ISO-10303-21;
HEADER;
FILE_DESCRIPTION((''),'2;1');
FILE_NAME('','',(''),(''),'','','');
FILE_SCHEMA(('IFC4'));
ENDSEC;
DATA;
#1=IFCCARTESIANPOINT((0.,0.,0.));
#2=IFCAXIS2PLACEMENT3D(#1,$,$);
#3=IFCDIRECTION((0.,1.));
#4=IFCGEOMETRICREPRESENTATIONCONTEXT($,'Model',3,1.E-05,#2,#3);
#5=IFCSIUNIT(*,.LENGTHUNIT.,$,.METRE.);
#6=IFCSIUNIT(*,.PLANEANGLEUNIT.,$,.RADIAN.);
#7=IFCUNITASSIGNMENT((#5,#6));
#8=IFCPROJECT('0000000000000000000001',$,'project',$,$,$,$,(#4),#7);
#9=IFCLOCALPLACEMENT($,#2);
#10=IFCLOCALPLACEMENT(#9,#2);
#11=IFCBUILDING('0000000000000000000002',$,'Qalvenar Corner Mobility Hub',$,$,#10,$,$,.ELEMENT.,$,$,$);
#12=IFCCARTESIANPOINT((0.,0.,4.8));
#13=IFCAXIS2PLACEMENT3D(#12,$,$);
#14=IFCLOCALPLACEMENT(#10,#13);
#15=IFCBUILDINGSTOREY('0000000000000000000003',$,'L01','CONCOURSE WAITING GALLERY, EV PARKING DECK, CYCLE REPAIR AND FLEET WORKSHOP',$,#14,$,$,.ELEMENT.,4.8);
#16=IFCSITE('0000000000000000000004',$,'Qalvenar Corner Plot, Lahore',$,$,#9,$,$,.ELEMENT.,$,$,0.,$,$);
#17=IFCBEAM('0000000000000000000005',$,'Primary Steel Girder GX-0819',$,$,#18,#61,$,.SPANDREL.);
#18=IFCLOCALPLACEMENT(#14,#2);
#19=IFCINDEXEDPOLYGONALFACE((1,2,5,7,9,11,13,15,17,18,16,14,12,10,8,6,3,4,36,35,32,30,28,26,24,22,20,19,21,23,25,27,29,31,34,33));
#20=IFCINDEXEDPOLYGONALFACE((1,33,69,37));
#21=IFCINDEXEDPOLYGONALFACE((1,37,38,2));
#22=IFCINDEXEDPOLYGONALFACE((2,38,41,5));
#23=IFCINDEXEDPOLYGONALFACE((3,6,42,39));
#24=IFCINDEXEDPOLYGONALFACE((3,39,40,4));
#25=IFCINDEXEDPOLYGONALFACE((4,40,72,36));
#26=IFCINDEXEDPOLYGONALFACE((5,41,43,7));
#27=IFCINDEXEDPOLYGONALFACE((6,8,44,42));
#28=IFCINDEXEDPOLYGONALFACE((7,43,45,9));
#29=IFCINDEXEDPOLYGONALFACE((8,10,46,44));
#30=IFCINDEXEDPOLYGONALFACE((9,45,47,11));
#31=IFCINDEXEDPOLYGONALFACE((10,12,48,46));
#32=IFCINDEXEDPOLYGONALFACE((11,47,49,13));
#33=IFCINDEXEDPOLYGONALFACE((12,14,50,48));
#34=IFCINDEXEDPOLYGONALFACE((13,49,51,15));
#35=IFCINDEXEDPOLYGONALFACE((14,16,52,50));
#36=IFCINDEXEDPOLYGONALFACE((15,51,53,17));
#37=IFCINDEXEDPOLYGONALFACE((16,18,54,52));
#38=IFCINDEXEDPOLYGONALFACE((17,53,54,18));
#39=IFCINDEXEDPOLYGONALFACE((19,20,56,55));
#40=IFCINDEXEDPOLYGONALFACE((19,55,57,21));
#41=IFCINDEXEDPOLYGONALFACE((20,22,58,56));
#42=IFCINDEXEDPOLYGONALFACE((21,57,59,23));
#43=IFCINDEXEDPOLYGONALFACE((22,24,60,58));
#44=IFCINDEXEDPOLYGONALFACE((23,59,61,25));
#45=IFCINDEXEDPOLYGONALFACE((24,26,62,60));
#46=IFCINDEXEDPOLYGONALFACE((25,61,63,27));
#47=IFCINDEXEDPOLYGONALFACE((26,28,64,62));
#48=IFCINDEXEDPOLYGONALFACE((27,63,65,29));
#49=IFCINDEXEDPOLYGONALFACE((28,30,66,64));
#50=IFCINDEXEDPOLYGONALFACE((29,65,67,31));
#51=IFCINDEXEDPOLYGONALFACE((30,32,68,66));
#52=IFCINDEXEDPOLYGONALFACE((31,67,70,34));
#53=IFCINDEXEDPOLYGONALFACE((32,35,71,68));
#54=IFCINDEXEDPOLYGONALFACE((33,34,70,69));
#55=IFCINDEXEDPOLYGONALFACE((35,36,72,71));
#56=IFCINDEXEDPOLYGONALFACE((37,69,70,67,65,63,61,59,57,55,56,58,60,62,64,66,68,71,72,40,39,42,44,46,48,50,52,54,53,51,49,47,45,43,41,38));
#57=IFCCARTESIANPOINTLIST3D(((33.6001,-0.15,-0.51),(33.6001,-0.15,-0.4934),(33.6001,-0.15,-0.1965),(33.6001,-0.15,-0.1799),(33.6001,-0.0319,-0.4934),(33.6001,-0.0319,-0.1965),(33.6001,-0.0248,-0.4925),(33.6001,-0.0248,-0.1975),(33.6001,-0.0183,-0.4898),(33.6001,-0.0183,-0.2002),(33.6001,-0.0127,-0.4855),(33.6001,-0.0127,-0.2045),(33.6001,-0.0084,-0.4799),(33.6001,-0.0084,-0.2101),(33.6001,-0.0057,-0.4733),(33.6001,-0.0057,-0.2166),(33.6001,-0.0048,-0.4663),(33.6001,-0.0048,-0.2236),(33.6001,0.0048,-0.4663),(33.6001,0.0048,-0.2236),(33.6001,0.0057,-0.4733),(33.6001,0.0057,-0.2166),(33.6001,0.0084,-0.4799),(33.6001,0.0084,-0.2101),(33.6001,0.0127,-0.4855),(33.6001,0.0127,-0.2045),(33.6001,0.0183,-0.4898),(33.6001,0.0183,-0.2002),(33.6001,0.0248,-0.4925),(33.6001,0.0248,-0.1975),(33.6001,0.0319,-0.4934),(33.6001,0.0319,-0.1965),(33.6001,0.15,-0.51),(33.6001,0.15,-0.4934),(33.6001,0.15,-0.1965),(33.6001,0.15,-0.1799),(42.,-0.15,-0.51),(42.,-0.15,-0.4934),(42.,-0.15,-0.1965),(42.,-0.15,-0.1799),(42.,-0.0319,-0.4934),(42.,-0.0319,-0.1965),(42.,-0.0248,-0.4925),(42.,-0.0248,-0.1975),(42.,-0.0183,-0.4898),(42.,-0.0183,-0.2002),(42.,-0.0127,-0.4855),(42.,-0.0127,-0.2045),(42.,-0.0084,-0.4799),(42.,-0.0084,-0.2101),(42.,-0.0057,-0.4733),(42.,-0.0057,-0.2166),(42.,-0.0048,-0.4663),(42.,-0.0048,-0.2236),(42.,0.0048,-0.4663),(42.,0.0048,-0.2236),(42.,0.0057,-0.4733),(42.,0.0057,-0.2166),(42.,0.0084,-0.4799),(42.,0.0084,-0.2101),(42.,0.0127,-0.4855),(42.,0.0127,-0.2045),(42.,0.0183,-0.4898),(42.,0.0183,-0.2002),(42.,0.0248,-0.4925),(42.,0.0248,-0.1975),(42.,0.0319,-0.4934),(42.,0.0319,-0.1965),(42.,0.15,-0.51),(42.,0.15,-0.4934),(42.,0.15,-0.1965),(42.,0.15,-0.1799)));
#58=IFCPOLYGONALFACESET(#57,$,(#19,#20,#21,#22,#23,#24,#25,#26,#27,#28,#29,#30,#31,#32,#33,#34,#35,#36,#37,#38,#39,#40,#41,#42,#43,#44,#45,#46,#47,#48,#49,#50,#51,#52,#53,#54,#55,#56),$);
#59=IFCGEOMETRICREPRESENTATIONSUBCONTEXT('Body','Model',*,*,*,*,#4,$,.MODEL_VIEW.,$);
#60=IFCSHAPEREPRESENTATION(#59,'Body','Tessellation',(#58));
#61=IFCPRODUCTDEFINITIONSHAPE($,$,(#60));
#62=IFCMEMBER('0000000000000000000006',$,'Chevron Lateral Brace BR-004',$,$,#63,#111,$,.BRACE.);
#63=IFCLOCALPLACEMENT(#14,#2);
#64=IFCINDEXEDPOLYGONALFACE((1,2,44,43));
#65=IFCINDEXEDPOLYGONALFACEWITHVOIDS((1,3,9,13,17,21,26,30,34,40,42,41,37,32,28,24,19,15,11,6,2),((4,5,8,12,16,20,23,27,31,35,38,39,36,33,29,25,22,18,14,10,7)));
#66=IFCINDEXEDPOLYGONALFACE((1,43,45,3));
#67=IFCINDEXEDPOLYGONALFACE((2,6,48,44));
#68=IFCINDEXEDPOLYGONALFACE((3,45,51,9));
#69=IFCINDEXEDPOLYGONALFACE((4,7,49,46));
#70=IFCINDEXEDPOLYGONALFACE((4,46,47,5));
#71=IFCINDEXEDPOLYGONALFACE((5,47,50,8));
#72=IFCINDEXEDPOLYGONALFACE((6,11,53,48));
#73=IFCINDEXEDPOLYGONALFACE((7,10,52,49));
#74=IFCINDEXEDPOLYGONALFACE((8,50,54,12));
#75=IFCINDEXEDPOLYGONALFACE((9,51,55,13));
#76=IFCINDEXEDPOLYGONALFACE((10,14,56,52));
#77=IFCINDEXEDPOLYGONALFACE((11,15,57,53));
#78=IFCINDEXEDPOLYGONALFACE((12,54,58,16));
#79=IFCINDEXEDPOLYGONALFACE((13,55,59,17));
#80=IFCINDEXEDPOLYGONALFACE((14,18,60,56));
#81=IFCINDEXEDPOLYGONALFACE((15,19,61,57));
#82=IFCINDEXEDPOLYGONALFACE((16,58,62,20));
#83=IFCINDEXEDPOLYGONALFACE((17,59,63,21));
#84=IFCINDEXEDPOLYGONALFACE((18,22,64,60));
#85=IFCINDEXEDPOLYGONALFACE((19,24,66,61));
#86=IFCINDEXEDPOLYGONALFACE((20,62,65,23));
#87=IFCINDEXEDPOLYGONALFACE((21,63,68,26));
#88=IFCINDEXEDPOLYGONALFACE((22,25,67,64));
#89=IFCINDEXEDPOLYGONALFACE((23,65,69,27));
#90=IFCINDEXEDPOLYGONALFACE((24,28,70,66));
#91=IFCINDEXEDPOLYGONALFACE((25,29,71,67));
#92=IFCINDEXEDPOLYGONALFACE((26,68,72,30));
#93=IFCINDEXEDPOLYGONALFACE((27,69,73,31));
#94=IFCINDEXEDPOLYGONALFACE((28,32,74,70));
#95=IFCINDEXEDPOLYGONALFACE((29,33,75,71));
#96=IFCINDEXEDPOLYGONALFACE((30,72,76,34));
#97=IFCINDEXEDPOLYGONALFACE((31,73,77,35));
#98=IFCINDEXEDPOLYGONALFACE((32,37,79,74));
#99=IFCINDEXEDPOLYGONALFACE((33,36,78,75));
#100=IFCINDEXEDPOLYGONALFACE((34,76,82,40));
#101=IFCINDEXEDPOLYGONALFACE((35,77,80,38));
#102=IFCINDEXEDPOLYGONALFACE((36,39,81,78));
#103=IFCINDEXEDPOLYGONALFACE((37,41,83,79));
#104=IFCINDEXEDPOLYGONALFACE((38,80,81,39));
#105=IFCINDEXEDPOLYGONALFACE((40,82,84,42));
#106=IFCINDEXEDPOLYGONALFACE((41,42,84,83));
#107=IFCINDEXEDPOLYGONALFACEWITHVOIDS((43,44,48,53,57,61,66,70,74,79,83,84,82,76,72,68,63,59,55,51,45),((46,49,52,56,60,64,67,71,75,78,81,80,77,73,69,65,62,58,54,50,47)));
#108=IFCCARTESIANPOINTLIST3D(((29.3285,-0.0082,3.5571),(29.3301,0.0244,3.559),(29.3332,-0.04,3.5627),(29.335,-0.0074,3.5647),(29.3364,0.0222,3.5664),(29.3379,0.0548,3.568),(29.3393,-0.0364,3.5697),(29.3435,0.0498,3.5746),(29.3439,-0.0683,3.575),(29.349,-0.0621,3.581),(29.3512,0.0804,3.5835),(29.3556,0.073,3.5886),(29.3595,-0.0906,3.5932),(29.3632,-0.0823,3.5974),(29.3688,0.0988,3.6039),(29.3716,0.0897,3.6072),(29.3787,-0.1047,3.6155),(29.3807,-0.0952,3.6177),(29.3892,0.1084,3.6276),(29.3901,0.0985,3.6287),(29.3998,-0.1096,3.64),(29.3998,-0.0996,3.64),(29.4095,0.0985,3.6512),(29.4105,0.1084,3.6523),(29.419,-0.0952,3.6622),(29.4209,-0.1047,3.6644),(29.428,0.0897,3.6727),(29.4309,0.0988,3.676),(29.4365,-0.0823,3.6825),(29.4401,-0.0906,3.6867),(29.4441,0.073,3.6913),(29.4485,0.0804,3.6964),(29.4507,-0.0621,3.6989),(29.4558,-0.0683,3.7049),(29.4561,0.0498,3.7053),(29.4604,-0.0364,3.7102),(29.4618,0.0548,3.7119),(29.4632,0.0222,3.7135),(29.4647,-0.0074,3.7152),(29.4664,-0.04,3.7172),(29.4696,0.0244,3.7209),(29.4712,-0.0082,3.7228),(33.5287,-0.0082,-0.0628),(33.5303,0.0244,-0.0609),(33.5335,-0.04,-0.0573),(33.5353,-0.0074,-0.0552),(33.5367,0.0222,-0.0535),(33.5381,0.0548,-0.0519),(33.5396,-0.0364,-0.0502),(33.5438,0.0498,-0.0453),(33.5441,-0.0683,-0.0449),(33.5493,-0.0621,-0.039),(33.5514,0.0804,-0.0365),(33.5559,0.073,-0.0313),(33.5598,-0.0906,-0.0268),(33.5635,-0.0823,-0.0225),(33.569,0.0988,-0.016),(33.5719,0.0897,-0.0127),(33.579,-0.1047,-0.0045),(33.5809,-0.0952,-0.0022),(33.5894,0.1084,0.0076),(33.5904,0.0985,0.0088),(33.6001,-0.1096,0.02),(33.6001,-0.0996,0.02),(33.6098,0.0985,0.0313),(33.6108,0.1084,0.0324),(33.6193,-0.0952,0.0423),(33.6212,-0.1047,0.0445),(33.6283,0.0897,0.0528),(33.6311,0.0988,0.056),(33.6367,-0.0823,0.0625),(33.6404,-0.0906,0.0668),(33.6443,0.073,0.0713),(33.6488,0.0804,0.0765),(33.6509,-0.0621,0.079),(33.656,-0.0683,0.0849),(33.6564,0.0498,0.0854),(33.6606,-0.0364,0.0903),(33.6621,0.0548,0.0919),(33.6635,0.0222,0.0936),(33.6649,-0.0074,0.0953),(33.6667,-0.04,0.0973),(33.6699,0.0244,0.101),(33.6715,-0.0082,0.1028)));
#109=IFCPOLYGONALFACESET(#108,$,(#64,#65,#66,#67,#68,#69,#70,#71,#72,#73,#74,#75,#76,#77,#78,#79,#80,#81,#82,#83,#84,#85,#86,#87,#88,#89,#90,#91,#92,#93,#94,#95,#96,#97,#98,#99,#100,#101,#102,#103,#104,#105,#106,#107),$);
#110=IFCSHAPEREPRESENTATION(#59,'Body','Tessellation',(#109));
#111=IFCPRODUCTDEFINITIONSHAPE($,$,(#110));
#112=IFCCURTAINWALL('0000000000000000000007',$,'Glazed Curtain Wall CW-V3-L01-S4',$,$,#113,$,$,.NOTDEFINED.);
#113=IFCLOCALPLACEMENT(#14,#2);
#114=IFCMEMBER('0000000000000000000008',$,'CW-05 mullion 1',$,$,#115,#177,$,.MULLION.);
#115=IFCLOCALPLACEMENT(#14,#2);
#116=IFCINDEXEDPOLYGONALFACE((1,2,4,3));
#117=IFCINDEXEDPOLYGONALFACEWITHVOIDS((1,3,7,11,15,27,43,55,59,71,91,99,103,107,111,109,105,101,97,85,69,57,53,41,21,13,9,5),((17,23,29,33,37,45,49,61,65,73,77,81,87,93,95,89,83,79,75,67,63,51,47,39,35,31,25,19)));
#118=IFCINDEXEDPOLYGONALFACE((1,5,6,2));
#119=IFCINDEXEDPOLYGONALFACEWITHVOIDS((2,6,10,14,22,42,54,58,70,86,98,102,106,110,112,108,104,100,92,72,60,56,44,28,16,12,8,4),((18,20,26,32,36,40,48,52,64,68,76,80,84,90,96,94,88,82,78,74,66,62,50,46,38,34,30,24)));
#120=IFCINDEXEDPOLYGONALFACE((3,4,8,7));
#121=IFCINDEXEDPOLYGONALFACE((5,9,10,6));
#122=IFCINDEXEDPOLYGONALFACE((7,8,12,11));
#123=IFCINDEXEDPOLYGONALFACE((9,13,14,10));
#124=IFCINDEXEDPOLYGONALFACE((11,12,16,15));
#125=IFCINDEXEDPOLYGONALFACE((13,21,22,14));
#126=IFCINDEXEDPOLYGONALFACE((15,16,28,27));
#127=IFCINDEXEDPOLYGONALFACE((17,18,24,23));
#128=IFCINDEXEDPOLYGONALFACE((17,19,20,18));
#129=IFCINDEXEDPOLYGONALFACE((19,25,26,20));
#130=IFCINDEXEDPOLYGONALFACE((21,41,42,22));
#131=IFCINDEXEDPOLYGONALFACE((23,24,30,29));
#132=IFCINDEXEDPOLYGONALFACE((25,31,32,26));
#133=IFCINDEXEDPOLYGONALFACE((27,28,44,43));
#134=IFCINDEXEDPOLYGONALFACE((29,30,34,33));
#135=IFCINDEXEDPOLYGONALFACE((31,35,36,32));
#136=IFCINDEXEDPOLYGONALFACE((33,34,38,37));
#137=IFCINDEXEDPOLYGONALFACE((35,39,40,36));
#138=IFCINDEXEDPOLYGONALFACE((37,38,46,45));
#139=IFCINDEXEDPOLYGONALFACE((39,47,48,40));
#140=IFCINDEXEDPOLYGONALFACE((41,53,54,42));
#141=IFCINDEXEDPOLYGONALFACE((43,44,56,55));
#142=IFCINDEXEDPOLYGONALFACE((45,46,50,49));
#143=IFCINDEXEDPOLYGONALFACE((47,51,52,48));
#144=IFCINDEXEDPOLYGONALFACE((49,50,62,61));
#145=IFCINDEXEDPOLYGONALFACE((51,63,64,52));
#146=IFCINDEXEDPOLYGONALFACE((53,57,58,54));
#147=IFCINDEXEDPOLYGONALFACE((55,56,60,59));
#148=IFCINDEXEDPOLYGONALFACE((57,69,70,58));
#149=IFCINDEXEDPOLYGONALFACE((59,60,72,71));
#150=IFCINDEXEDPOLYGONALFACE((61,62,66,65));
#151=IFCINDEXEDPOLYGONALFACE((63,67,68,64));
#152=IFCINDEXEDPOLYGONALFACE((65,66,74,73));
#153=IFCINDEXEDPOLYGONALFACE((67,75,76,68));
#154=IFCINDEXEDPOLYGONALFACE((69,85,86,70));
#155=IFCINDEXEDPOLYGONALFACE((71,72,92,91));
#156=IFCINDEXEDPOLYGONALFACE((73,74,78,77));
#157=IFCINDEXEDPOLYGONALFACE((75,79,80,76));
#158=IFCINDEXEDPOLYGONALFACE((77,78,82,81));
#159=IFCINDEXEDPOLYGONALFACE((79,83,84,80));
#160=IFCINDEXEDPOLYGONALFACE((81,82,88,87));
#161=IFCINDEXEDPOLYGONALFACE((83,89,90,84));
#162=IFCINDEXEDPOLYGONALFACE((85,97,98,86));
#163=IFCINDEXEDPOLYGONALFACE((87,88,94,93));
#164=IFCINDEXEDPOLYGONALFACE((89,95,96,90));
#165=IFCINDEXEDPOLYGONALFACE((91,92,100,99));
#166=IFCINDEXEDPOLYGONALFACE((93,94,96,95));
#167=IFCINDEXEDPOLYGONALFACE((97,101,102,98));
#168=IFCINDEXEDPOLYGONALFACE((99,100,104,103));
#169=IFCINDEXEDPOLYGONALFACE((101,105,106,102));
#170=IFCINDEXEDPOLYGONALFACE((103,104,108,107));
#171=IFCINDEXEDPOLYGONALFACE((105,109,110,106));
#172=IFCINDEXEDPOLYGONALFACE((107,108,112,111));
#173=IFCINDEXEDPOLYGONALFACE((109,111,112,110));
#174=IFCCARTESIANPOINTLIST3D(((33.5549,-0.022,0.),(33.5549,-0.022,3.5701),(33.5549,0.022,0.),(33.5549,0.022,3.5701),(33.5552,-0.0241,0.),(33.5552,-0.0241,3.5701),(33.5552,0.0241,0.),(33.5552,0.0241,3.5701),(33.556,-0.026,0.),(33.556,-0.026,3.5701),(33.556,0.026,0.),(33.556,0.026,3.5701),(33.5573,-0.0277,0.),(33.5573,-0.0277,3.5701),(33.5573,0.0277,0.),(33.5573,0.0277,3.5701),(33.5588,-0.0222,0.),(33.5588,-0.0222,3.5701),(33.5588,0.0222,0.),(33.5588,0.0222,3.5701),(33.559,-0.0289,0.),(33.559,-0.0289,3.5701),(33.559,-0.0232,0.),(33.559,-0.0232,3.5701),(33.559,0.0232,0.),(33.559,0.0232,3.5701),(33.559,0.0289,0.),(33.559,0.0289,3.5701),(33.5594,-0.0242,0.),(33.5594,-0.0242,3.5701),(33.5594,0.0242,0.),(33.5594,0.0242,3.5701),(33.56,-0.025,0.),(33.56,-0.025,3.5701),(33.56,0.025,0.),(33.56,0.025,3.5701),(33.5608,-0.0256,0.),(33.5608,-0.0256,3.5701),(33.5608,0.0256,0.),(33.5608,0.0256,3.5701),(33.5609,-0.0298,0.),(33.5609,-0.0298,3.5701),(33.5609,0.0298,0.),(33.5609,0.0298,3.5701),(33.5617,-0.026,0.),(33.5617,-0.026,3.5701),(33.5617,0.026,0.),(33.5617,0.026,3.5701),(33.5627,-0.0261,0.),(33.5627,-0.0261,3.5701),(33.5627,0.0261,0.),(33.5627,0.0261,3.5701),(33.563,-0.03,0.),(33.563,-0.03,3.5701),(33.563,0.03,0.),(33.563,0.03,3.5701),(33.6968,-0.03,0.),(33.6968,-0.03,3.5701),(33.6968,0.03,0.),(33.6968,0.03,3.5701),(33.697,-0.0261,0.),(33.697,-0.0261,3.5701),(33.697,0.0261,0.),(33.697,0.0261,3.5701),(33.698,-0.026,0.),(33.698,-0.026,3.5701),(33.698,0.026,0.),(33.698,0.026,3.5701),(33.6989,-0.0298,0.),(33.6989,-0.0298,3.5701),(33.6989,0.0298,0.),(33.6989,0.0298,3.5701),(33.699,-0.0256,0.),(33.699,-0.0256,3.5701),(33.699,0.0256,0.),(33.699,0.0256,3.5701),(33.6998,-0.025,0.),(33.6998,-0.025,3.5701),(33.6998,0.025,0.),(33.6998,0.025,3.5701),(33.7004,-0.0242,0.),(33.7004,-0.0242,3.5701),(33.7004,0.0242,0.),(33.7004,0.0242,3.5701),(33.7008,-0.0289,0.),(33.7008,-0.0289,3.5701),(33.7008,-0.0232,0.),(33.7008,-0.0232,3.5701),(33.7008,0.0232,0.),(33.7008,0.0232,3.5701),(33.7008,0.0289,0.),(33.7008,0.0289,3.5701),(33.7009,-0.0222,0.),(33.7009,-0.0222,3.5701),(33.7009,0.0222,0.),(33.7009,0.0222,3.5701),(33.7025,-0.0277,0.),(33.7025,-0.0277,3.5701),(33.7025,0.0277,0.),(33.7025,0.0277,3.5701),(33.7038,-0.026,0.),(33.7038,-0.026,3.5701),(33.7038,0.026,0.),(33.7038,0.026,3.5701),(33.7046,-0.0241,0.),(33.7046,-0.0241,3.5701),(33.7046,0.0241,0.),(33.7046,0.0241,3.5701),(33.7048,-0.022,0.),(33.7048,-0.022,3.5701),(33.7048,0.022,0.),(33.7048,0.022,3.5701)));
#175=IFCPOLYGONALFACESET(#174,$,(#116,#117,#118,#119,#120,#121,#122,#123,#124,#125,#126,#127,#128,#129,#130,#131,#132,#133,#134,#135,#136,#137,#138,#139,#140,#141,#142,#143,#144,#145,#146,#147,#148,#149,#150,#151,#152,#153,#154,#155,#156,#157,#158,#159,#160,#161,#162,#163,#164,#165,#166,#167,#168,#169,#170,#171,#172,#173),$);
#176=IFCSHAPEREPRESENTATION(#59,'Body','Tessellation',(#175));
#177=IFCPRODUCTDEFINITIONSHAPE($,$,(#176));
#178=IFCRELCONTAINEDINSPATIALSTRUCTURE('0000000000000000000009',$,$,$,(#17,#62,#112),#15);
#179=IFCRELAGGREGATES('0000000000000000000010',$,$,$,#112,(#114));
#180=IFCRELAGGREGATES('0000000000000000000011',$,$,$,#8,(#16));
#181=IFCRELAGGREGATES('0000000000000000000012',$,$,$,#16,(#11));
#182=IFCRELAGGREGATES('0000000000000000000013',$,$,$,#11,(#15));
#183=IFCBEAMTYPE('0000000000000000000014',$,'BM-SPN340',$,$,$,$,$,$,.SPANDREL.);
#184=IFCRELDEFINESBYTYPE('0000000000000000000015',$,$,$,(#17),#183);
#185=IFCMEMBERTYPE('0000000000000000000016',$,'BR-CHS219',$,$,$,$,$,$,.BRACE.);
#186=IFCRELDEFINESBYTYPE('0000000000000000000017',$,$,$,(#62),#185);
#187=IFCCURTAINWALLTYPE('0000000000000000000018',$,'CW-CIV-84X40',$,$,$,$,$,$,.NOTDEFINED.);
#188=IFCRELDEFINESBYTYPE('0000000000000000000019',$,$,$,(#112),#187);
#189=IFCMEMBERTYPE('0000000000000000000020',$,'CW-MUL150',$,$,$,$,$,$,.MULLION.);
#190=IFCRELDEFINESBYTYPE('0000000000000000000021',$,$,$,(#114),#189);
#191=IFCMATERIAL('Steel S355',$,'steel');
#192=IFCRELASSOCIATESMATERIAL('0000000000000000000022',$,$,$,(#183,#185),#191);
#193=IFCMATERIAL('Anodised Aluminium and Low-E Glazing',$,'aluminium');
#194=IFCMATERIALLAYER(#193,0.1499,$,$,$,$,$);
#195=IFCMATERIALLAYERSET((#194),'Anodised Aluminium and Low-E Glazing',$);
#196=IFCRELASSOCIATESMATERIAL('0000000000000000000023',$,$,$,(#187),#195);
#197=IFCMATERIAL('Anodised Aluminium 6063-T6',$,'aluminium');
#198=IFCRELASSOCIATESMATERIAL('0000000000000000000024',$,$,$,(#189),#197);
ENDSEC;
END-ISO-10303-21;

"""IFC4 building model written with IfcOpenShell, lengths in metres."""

from ifc_helpers import new_model, si_unit, direction, frame, origin, origin_2d, place, context, subcontext, project, spatial, hollow_rectangle, hollow_circle, i_section, extrude, material, layer, layer_set, material_profile, profile_set, type_object, element, aggregate, save


model = new_model("IFC4")

# Units and contexts
model_context = context("Model", 3, precision=1e-05, world=origin(), true_north=direction((0.0, 1.0)))
body_context = subcontext(model_context, "Body", "Model", "MODEL_VIEW")
ifc_project = project(units=[si_unit("LENGTHUNIT", "METRE"), si_unit("PLANEANGLEUNIT", "RADIAN")], contexts=[model_context])

# Site, building, storey
site_placement = place(None, origin())
site = spatial("IfcSite", under=ifc_project, at=site_placement, Name="Qalvenar Corner Plot, Lahore", CompositionType="ELEMENT", RefElevation=0.0)
building_placement = place(site_placement, origin())
building = spatial("IfcBuilding", under=site, at=building_placement, Name="Qalvenar Corner Mobility Hub", CompositionType="ELEMENT")
storey_placement = place(building_placement, frame((0.0, 0.0, 4.8)))
storey = spatial("IfcBuildingStorey", under=building, at=storey_placement, Name="L01", Description="CONCOURSE WAITING GALLERY, EV PARKING DECK, CYCLE REPAIR AND FLEET WORKSHOP", CompositionType="ELEMENT", Elevation=4.8)

# Shared definitions
ifc_material_1 = material(Name="Steel S355", Category="steel")

# Beam
ifc_material_profile_1 = material_profile(ifc_material_1, i_section(OverallWidth=0.3, OverallDepth=0.3301, WebThickness=0.0095, FlangeThickness=0.0166, FilletRadius=0.0271, at=origin_2d()), Name="HEA340")
ifc_profile_set_1 = profile_set([ifc_material_profile_1], Name="Steel S355")
beam_type_1 = type_object("IfcBeamType", Name="BM-SPN340", PredefinedType="SPANDREL", material=ifc_profile_set_1)
beam_1_placement = place(storey_placement, frame((33.6001, 0.0, -0.345), z_axis=(1.0, 0.0, 0.0), x_axis=(0.0, 1.0, 0.0)))
element("IfcBeam", 1, at=beam_1_placement, inside=storey, type_object=beam_type_1, Name="Primary Steel Girder GX-0819", PredefinedType="SPANDREL", context=body_context, shape_type="SweptSolid", body=[
    extrude(i_section(OverallWidth=0.3, OverallDepth=0.3301, WebThickness=0.0095, FlangeThickness=0.0166, FilletRadius=0.0271, at=origin_2d()), origin(), (0.0, 0.0, 1.0), 8.3999),
])

# Member
ifc_material_profile_2 = material_profile(ifc_material_1, hollow_circle(Radius=0.1096, WallThickness=0.01, at=origin_2d()), Name="CHS219.1x10")
ifc_profile_set_2 = profile_set([ifc_material_profile_2], Name="Steel S355")
member_type_1 = type_object("IfcMemberType", Name="BR-CHS219", PredefinedType="BRACE", material=ifc_profile_set_2)
member_1_placement = place(storey_placement, frame((33.6001, 0.0, 0.02), z_axis=(-0.757498, 0.0, 0.652838), x_axis=(0.0, -1.0, 0.0)))
element("IfcMember", 2, at=member_1_placement, inside=storey, type_object=member_type_1, Name="Chevron Lateral Brace BR-004", PredefinedType="BRACE", context=body_context, shape_type="SweptSolid", body=[
    extrude(hollow_circle(Radius=0.1096, WallThickness=0.01, at=origin_2d()), origin(), (0.0, 0.0, 1.0), 5.5449),
])

# Curtain wall, member
ifc_material_2 = material(Name="Anodised Aluminium and Low-E Glazing", Category="aluminium")
ifc_layer_1 = layer(ifc_material_2, 0.1499)
ifc_layer_set_1 = layer_set([ifc_layer_1], Name="Anodised Aluminium and Low-E Glazing")
curtain_wall_type = type_object("IfcCurtainWallType", Name="CW-CIV-84X40", PredefinedType="NOTDEFINED", material=ifc_layer_set_1)
curtain_wall_placement = place(storey_placement, origin())
curtain_wall = element("IfcCurtainWall", 3, at=curtain_wall_placement, inside=storey, type_object=curtain_wall_type, Name="Glazed Curtain Wall CW-V3-L01-S4", PredefinedType="NOTDEFINED")
ifc_material_3 = material(Name="Anodised Aluminium 6063-T6", Category="aluminium")
ifc_material_profile_3 = material_profile(ifc_material_3, hollow_rectangle(XDim=0.0601, YDim=0.1499, WallThickness=0.0039, InnerFilletRadius=0.0039, OuterFilletRadius=0.0081, at=origin_2d()), Name="RHS150x60x4")
ifc_profile_set_3 = profile_set([ifc_material_profile_3], Name="Anodised Aluminium 6063-T6")
member_type_2 = type_object("IfcMemberType", Name="CW-MUL150", PredefinedType="MULLION", material=ifc_profile_set_3)
member_2_placement = place(storey_placement, frame((33.6299, 0.0, 0.0), z_axis=(0.0, 0.0, 1.0), x_axis=(0.0, 1.0, 0.0)))
member_2 = element("IfcMember", 4, at=member_2_placement, type_object=member_type_2, Name="CW-05 mullion 1", PredefinedType="MULLION", context=body_context, shape_type="SweptSolid", body=[
    extrude(hollow_rectangle(XDim=0.0601, YDim=0.1499, WallThickness=0.0039, InnerFilletRadius=0.0039, OuterFilletRadius=0.0081, at=origin_2d()), origin(), (0.0, 0.0, 1.0), 3.5701),
])
aggregate(curtain_wall, [member_2])

save(model, "model.ifc")
